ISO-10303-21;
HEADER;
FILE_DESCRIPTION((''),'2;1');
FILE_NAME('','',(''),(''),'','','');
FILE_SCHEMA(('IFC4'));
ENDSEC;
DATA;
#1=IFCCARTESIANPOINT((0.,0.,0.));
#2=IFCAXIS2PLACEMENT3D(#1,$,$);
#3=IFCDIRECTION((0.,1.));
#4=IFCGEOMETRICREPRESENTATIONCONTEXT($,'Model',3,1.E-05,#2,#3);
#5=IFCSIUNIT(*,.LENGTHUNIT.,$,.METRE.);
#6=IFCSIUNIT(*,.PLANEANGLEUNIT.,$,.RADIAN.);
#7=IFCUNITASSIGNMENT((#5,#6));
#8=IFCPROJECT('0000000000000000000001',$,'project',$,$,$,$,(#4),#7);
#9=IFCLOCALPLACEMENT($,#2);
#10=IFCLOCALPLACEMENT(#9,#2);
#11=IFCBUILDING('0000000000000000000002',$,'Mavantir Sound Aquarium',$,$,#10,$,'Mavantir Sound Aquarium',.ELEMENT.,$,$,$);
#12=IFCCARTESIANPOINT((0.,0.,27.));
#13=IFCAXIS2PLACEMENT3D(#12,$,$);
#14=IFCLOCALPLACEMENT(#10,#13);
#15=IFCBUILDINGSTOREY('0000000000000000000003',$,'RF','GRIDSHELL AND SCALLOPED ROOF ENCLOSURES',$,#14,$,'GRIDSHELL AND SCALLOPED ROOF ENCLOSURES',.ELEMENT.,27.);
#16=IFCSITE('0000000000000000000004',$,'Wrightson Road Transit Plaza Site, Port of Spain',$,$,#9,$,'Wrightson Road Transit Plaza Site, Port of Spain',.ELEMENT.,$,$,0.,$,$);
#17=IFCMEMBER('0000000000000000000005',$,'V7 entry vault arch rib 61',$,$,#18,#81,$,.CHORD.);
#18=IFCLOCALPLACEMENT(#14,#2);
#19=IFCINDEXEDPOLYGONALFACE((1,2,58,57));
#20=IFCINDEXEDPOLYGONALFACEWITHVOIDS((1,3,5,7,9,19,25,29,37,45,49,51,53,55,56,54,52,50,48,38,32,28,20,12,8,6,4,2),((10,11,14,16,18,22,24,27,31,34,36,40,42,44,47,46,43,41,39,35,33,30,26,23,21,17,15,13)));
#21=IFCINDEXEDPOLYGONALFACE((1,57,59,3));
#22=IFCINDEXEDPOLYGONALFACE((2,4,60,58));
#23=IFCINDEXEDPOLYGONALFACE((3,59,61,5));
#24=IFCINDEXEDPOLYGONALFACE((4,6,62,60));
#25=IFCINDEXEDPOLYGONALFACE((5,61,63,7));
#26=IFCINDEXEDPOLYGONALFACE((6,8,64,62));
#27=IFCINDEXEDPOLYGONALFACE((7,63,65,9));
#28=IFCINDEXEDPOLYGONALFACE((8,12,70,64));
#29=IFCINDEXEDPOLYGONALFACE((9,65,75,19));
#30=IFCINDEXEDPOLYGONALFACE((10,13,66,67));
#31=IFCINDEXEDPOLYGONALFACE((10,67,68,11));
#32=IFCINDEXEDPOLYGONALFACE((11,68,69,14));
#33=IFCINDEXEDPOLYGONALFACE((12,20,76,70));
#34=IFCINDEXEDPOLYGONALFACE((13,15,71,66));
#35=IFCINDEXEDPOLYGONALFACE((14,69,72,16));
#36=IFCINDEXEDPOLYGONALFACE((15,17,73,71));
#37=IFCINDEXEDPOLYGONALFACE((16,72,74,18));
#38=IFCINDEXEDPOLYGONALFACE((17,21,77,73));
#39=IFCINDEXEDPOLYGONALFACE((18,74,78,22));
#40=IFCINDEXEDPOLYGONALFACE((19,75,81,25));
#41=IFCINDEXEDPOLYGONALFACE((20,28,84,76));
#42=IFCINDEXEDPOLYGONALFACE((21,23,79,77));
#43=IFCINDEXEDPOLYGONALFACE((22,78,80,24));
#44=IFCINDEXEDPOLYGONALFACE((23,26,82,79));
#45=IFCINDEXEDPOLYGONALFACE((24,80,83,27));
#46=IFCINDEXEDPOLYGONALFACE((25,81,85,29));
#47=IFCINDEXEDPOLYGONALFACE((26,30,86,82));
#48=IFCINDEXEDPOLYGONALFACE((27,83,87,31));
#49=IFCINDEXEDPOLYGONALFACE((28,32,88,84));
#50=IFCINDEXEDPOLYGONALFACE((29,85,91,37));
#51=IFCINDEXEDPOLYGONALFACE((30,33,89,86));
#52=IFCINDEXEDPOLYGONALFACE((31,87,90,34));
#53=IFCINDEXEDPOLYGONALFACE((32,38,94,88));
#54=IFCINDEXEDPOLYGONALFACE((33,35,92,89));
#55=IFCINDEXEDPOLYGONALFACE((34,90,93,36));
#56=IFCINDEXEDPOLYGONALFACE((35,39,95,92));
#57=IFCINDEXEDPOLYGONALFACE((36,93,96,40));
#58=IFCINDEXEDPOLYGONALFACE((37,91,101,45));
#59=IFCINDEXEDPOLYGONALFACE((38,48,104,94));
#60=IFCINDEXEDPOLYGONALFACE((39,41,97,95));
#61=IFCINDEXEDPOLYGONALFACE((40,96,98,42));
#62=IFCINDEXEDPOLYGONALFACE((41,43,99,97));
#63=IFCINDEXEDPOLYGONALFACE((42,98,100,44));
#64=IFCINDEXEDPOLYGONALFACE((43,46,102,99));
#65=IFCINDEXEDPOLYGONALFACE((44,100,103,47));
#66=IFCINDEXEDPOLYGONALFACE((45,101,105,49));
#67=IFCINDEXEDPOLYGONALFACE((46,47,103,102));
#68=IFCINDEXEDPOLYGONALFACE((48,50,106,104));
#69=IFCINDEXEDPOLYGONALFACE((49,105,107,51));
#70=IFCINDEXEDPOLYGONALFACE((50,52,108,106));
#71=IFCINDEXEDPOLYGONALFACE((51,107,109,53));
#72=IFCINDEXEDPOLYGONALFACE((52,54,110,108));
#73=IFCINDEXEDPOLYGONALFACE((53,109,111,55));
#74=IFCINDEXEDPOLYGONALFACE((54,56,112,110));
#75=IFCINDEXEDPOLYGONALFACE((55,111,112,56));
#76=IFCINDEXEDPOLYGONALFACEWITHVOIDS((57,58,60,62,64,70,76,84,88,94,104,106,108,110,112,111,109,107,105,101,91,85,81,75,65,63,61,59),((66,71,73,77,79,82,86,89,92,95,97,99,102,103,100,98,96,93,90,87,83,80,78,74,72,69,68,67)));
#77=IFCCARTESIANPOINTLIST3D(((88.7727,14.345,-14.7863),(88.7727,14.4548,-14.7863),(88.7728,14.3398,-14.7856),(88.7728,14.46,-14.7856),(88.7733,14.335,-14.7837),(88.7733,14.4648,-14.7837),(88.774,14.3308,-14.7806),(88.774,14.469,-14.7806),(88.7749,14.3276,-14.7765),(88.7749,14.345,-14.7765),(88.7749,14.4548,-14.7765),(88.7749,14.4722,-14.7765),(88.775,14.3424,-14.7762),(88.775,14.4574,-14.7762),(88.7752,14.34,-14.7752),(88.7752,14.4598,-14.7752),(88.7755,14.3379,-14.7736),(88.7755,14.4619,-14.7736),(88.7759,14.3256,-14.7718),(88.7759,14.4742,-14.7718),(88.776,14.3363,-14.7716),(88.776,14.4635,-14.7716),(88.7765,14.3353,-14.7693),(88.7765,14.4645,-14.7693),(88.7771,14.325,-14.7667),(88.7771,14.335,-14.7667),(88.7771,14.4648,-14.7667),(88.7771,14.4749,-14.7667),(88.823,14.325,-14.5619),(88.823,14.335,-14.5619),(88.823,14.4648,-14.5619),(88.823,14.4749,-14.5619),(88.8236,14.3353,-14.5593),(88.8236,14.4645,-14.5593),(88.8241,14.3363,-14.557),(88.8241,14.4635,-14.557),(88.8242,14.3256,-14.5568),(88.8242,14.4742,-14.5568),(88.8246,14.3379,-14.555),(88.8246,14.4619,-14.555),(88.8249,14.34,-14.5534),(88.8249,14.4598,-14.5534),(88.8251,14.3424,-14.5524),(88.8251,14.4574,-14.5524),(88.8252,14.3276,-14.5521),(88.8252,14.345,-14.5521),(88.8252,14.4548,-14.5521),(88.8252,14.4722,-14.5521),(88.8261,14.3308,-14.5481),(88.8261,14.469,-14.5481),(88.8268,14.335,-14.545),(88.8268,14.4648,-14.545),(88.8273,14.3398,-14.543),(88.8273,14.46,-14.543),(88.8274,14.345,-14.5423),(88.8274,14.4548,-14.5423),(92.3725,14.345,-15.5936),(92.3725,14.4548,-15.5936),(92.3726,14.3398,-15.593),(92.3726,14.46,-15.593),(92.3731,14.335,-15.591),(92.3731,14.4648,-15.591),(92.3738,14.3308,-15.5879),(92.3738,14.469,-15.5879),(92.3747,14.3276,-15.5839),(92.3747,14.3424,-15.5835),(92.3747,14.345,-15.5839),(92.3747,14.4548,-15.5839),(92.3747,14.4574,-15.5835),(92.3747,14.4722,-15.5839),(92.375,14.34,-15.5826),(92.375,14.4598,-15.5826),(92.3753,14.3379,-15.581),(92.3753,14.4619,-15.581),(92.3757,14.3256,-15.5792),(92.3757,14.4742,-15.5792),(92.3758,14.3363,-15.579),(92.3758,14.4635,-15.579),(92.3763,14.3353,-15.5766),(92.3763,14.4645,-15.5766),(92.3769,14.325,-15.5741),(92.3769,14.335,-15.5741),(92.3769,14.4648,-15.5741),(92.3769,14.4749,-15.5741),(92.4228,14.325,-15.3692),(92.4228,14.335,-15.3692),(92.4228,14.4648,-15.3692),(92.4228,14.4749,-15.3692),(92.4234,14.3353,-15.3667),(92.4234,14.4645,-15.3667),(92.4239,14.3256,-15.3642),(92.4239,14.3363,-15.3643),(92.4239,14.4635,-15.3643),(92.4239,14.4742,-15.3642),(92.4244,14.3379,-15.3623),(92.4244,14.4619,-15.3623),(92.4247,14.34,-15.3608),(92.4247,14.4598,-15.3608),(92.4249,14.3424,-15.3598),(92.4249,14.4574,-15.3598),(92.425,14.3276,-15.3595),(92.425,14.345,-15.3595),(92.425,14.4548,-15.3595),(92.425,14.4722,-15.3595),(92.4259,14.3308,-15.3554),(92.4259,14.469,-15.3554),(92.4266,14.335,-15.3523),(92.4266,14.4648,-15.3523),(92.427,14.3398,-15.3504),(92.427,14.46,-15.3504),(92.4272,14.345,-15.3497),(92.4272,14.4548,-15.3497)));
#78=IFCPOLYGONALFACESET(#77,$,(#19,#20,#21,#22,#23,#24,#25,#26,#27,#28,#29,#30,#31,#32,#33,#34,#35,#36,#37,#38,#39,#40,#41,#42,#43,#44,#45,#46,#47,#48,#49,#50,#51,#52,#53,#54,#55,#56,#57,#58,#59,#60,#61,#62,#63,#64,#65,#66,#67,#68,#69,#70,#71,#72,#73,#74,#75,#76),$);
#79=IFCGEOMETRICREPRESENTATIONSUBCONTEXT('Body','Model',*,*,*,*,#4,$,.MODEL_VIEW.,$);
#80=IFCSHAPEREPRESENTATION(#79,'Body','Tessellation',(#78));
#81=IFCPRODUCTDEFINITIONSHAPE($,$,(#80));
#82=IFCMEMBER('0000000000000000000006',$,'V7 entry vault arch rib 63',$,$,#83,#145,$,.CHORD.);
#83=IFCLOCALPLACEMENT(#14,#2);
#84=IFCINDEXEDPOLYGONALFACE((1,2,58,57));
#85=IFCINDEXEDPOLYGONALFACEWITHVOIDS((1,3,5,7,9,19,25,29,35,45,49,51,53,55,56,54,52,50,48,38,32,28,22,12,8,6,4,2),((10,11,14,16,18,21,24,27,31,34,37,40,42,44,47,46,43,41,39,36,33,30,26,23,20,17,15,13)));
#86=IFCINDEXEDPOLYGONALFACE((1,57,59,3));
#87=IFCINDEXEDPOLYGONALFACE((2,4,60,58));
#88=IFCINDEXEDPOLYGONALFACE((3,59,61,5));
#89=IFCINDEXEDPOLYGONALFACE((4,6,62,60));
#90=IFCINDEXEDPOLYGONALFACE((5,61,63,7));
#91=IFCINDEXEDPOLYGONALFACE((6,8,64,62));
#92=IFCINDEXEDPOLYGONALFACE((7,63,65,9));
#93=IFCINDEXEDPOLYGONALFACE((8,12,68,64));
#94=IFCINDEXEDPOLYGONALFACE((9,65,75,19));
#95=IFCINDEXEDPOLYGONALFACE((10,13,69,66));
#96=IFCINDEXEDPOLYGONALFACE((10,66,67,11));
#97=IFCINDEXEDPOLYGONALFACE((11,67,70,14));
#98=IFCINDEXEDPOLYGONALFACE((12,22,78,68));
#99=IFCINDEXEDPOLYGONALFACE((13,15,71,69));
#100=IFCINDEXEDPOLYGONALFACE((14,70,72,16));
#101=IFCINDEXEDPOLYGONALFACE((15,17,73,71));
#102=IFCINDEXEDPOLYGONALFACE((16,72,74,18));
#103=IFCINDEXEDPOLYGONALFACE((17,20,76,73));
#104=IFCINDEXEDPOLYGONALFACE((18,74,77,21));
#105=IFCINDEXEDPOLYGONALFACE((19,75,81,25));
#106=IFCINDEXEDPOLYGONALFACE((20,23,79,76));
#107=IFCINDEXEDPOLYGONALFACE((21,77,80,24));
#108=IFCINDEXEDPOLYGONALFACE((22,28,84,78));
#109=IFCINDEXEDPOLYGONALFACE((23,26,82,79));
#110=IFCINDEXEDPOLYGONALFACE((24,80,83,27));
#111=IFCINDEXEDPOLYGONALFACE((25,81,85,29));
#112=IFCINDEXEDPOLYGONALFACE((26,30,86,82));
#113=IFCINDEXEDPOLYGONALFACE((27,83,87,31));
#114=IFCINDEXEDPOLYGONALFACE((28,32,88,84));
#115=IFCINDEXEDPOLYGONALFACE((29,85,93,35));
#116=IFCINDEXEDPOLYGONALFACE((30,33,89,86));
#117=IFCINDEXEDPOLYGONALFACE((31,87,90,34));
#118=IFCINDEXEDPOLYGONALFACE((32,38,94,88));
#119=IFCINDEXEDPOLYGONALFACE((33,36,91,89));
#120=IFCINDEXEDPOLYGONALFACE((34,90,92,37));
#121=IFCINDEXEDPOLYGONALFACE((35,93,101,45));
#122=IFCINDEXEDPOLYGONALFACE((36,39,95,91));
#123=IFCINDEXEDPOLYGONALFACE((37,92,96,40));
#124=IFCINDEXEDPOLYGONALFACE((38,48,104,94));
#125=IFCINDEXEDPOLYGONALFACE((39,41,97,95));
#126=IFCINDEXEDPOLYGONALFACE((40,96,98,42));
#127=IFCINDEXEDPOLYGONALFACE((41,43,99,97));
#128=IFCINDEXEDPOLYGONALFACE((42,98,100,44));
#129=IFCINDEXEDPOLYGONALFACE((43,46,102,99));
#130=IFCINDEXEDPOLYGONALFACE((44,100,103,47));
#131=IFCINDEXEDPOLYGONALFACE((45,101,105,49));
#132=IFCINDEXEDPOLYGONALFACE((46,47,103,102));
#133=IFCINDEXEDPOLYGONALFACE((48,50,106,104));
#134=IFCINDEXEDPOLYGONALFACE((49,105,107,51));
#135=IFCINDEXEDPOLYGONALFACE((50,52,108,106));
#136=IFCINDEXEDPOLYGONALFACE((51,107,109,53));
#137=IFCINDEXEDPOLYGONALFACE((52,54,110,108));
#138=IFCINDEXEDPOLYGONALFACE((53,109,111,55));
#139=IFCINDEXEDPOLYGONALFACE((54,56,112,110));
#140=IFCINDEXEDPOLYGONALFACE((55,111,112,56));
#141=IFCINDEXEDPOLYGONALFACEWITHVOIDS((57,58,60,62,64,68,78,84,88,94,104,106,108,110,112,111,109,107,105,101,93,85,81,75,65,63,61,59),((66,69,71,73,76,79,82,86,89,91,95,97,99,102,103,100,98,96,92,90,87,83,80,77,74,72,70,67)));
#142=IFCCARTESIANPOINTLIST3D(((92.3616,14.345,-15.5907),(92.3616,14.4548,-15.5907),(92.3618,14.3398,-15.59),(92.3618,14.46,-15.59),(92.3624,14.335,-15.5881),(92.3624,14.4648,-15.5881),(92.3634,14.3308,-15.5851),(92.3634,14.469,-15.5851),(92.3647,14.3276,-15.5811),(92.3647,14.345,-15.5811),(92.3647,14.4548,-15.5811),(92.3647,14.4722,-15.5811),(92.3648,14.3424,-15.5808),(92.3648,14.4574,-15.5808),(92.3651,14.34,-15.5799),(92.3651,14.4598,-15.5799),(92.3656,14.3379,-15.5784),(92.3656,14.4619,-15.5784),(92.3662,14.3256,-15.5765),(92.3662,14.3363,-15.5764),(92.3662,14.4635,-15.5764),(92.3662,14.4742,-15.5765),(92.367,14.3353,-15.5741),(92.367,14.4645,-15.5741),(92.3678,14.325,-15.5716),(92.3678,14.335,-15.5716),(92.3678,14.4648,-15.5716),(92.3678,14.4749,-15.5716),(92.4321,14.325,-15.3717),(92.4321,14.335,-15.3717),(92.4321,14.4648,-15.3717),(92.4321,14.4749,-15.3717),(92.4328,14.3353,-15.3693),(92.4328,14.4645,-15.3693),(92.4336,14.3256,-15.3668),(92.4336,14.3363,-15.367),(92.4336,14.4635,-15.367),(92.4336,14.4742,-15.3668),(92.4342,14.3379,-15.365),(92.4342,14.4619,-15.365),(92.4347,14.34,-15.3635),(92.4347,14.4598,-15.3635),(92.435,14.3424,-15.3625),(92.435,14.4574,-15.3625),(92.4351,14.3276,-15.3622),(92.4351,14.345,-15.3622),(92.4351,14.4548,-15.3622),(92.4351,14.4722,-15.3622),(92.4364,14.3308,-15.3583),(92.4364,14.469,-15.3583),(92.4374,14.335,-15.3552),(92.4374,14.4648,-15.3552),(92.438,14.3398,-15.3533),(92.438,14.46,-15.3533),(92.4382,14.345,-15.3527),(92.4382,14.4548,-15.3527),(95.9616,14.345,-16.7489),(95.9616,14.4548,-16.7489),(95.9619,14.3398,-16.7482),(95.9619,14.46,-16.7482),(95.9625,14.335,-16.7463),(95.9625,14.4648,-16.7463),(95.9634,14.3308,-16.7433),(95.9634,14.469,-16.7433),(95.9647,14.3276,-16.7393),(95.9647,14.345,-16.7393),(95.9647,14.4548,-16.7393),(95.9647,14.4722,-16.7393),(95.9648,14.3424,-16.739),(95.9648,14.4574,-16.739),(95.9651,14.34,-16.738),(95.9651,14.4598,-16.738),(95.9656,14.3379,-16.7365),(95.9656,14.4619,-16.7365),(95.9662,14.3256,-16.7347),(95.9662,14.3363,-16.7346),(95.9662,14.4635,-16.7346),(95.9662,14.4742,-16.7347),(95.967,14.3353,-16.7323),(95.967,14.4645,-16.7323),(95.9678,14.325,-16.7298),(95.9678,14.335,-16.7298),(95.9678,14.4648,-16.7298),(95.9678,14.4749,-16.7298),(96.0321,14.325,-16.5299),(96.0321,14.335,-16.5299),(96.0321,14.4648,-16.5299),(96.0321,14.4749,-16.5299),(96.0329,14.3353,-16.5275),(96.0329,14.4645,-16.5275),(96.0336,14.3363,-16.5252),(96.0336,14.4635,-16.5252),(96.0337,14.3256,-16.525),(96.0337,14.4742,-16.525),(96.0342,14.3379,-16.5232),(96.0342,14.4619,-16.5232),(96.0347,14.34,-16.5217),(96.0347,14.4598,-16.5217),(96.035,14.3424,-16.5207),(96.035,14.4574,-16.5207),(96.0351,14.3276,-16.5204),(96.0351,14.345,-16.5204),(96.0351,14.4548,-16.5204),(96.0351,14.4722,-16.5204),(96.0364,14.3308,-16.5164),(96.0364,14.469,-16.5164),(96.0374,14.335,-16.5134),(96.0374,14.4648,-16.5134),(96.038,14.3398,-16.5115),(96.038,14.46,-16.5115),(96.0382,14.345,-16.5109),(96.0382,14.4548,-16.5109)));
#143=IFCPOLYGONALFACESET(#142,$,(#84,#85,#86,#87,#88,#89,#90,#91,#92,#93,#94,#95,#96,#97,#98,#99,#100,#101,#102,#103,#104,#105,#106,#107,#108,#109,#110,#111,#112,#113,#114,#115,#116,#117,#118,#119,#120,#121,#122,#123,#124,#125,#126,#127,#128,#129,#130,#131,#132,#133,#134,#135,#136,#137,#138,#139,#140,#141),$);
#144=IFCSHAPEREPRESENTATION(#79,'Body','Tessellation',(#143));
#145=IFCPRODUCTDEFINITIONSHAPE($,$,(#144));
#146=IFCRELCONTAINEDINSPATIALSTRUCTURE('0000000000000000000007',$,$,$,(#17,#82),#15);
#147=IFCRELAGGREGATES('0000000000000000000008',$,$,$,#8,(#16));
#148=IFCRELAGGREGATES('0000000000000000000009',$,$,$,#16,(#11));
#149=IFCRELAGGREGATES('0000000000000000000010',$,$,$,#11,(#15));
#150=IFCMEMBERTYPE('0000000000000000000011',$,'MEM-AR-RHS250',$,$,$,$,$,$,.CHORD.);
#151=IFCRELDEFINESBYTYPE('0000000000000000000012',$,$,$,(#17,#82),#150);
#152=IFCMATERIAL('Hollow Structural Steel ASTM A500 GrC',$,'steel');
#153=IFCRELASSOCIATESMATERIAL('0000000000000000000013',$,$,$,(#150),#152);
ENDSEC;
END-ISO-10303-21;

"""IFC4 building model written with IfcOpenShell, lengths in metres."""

from ifc_helpers import new_model, si_unit, direction, frame, origin, origin_2d, place, context, subcontext, project, spatial, hollow_rectangle, extrude, material, material_profile, profile_set, type_object, element, save


model = new_model("IFC4")

# Units and contexts
model_context = context("Model", 3, precision=1e-05, world=origin(), true_north=direction((0.0, 1.0)))
body_context = subcontext(model_context, "Body", "Model", "MODEL_VIEW")
ifc_project = project(units=[si_unit("LENGTHUNIT", "METRE"), si_unit("PLANEANGLEUNIT", "RADIAN")], contexts=[model_context])

# Site, building, storey
site_placement = place(None, origin())
site = spatial("IfcSite", under=ifc_project, at=site_placement, Name="Wrightson Road Transit Plaza Site, Port of Spain", LongName="Wrightson Road Transit Plaza Site, Port of Spain", CompositionType="ELEMENT", RefElevation=0.0)
building_placement = place(site_placement, origin())
building = spatial("IfcBuilding", under=site, at=building_placement, Name="Mavantir Sound Aquarium", LongName="Mavantir Sound Aquarium", CompositionType="ELEMENT")
storey_placement = place(building_placement, frame((0.0, 0.0, 27.0)))
storey = spatial("IfcBuildingStorey", under=building, at=storey_placement, Name="RF", Description="GRIDSHELL AND SCALLOPED ROOF ENCLOSURES", LongName="GRIDSHELL AND SCALLOPED ROOF ENCLOSURES", CompositionType="ELEMENT", Elevation=27.0)

# Members
ifc_material_1 = material(Name="Hollow Structural Steel ASTM A500 GrC", Category="steel")
ifc_material_profile_1 = material_profile(ifc_material_1, hollow_rectangle(XDim=0.1499, YDim=0.25, WallThickness=0.01, InnerFilletRadius=0.01, OuterFilletRadius=0.02, at=origin_2d()), Name="RHS 250X150X10")
ifc_profile_set_1 = profile_set([ifc_material_profile_1], Name="Hollow Structural Steel ASTM A500 GrC")
member_type_1 = type_object("IfcMemberType", Name="MEM-AR-RHS250", PredefinedType="CHORD", material=ifc_profile_set_1)
member_1_placement = place(storey_placement, frame((88.8, 14.3999, -14.6643), z_axis=(0.97576, 0.0, -0.218843), x_axis=(0.0, 1.0, 0.0)))
element("IfcMember", 1, at=member_1_placement, inside=storey, type_object=member_type_1, Name="V7 entry vault arch rib 61", PredefinedType="CHORD", context=body_context, shape_type="SweptSolid", body=[
    extrude(hollow_rectangle(XDim=0.1499, YDim=0.25, WallThickness=0.01, InnerFilletRadius=0.01, OuterFilletRadius=0.02, at=origin_2d()), origin(), (0.0, 0.0, 1.0), 3.6892),
])
member_2_placement = place(storey_placement, frame((92.3999, 14.3999, -15.4717), z_axis=(0.951949, 0.0, -0.306256), x_axis=(0.0, 1.0, 0.0)))
element("IfcMember", 2, at=member_2_placement, inside=storey, type_object=member_type_1, Name="V7 entry vault arch rib 63", PredefinedType="CHORD", context=body_context, shape_type="SweptSolid", body=[
    extrude(hollow_rectangle(XDim=0.1499, YDim=0.25, WallThickness=0.01, InnerFilletRadius=0.01, OuterFilletRadius=0.02, at=origin_2d()), origin(), (0.0, 0.0, 1.0), 3.7817),
])

save(model, "model.ifc")
